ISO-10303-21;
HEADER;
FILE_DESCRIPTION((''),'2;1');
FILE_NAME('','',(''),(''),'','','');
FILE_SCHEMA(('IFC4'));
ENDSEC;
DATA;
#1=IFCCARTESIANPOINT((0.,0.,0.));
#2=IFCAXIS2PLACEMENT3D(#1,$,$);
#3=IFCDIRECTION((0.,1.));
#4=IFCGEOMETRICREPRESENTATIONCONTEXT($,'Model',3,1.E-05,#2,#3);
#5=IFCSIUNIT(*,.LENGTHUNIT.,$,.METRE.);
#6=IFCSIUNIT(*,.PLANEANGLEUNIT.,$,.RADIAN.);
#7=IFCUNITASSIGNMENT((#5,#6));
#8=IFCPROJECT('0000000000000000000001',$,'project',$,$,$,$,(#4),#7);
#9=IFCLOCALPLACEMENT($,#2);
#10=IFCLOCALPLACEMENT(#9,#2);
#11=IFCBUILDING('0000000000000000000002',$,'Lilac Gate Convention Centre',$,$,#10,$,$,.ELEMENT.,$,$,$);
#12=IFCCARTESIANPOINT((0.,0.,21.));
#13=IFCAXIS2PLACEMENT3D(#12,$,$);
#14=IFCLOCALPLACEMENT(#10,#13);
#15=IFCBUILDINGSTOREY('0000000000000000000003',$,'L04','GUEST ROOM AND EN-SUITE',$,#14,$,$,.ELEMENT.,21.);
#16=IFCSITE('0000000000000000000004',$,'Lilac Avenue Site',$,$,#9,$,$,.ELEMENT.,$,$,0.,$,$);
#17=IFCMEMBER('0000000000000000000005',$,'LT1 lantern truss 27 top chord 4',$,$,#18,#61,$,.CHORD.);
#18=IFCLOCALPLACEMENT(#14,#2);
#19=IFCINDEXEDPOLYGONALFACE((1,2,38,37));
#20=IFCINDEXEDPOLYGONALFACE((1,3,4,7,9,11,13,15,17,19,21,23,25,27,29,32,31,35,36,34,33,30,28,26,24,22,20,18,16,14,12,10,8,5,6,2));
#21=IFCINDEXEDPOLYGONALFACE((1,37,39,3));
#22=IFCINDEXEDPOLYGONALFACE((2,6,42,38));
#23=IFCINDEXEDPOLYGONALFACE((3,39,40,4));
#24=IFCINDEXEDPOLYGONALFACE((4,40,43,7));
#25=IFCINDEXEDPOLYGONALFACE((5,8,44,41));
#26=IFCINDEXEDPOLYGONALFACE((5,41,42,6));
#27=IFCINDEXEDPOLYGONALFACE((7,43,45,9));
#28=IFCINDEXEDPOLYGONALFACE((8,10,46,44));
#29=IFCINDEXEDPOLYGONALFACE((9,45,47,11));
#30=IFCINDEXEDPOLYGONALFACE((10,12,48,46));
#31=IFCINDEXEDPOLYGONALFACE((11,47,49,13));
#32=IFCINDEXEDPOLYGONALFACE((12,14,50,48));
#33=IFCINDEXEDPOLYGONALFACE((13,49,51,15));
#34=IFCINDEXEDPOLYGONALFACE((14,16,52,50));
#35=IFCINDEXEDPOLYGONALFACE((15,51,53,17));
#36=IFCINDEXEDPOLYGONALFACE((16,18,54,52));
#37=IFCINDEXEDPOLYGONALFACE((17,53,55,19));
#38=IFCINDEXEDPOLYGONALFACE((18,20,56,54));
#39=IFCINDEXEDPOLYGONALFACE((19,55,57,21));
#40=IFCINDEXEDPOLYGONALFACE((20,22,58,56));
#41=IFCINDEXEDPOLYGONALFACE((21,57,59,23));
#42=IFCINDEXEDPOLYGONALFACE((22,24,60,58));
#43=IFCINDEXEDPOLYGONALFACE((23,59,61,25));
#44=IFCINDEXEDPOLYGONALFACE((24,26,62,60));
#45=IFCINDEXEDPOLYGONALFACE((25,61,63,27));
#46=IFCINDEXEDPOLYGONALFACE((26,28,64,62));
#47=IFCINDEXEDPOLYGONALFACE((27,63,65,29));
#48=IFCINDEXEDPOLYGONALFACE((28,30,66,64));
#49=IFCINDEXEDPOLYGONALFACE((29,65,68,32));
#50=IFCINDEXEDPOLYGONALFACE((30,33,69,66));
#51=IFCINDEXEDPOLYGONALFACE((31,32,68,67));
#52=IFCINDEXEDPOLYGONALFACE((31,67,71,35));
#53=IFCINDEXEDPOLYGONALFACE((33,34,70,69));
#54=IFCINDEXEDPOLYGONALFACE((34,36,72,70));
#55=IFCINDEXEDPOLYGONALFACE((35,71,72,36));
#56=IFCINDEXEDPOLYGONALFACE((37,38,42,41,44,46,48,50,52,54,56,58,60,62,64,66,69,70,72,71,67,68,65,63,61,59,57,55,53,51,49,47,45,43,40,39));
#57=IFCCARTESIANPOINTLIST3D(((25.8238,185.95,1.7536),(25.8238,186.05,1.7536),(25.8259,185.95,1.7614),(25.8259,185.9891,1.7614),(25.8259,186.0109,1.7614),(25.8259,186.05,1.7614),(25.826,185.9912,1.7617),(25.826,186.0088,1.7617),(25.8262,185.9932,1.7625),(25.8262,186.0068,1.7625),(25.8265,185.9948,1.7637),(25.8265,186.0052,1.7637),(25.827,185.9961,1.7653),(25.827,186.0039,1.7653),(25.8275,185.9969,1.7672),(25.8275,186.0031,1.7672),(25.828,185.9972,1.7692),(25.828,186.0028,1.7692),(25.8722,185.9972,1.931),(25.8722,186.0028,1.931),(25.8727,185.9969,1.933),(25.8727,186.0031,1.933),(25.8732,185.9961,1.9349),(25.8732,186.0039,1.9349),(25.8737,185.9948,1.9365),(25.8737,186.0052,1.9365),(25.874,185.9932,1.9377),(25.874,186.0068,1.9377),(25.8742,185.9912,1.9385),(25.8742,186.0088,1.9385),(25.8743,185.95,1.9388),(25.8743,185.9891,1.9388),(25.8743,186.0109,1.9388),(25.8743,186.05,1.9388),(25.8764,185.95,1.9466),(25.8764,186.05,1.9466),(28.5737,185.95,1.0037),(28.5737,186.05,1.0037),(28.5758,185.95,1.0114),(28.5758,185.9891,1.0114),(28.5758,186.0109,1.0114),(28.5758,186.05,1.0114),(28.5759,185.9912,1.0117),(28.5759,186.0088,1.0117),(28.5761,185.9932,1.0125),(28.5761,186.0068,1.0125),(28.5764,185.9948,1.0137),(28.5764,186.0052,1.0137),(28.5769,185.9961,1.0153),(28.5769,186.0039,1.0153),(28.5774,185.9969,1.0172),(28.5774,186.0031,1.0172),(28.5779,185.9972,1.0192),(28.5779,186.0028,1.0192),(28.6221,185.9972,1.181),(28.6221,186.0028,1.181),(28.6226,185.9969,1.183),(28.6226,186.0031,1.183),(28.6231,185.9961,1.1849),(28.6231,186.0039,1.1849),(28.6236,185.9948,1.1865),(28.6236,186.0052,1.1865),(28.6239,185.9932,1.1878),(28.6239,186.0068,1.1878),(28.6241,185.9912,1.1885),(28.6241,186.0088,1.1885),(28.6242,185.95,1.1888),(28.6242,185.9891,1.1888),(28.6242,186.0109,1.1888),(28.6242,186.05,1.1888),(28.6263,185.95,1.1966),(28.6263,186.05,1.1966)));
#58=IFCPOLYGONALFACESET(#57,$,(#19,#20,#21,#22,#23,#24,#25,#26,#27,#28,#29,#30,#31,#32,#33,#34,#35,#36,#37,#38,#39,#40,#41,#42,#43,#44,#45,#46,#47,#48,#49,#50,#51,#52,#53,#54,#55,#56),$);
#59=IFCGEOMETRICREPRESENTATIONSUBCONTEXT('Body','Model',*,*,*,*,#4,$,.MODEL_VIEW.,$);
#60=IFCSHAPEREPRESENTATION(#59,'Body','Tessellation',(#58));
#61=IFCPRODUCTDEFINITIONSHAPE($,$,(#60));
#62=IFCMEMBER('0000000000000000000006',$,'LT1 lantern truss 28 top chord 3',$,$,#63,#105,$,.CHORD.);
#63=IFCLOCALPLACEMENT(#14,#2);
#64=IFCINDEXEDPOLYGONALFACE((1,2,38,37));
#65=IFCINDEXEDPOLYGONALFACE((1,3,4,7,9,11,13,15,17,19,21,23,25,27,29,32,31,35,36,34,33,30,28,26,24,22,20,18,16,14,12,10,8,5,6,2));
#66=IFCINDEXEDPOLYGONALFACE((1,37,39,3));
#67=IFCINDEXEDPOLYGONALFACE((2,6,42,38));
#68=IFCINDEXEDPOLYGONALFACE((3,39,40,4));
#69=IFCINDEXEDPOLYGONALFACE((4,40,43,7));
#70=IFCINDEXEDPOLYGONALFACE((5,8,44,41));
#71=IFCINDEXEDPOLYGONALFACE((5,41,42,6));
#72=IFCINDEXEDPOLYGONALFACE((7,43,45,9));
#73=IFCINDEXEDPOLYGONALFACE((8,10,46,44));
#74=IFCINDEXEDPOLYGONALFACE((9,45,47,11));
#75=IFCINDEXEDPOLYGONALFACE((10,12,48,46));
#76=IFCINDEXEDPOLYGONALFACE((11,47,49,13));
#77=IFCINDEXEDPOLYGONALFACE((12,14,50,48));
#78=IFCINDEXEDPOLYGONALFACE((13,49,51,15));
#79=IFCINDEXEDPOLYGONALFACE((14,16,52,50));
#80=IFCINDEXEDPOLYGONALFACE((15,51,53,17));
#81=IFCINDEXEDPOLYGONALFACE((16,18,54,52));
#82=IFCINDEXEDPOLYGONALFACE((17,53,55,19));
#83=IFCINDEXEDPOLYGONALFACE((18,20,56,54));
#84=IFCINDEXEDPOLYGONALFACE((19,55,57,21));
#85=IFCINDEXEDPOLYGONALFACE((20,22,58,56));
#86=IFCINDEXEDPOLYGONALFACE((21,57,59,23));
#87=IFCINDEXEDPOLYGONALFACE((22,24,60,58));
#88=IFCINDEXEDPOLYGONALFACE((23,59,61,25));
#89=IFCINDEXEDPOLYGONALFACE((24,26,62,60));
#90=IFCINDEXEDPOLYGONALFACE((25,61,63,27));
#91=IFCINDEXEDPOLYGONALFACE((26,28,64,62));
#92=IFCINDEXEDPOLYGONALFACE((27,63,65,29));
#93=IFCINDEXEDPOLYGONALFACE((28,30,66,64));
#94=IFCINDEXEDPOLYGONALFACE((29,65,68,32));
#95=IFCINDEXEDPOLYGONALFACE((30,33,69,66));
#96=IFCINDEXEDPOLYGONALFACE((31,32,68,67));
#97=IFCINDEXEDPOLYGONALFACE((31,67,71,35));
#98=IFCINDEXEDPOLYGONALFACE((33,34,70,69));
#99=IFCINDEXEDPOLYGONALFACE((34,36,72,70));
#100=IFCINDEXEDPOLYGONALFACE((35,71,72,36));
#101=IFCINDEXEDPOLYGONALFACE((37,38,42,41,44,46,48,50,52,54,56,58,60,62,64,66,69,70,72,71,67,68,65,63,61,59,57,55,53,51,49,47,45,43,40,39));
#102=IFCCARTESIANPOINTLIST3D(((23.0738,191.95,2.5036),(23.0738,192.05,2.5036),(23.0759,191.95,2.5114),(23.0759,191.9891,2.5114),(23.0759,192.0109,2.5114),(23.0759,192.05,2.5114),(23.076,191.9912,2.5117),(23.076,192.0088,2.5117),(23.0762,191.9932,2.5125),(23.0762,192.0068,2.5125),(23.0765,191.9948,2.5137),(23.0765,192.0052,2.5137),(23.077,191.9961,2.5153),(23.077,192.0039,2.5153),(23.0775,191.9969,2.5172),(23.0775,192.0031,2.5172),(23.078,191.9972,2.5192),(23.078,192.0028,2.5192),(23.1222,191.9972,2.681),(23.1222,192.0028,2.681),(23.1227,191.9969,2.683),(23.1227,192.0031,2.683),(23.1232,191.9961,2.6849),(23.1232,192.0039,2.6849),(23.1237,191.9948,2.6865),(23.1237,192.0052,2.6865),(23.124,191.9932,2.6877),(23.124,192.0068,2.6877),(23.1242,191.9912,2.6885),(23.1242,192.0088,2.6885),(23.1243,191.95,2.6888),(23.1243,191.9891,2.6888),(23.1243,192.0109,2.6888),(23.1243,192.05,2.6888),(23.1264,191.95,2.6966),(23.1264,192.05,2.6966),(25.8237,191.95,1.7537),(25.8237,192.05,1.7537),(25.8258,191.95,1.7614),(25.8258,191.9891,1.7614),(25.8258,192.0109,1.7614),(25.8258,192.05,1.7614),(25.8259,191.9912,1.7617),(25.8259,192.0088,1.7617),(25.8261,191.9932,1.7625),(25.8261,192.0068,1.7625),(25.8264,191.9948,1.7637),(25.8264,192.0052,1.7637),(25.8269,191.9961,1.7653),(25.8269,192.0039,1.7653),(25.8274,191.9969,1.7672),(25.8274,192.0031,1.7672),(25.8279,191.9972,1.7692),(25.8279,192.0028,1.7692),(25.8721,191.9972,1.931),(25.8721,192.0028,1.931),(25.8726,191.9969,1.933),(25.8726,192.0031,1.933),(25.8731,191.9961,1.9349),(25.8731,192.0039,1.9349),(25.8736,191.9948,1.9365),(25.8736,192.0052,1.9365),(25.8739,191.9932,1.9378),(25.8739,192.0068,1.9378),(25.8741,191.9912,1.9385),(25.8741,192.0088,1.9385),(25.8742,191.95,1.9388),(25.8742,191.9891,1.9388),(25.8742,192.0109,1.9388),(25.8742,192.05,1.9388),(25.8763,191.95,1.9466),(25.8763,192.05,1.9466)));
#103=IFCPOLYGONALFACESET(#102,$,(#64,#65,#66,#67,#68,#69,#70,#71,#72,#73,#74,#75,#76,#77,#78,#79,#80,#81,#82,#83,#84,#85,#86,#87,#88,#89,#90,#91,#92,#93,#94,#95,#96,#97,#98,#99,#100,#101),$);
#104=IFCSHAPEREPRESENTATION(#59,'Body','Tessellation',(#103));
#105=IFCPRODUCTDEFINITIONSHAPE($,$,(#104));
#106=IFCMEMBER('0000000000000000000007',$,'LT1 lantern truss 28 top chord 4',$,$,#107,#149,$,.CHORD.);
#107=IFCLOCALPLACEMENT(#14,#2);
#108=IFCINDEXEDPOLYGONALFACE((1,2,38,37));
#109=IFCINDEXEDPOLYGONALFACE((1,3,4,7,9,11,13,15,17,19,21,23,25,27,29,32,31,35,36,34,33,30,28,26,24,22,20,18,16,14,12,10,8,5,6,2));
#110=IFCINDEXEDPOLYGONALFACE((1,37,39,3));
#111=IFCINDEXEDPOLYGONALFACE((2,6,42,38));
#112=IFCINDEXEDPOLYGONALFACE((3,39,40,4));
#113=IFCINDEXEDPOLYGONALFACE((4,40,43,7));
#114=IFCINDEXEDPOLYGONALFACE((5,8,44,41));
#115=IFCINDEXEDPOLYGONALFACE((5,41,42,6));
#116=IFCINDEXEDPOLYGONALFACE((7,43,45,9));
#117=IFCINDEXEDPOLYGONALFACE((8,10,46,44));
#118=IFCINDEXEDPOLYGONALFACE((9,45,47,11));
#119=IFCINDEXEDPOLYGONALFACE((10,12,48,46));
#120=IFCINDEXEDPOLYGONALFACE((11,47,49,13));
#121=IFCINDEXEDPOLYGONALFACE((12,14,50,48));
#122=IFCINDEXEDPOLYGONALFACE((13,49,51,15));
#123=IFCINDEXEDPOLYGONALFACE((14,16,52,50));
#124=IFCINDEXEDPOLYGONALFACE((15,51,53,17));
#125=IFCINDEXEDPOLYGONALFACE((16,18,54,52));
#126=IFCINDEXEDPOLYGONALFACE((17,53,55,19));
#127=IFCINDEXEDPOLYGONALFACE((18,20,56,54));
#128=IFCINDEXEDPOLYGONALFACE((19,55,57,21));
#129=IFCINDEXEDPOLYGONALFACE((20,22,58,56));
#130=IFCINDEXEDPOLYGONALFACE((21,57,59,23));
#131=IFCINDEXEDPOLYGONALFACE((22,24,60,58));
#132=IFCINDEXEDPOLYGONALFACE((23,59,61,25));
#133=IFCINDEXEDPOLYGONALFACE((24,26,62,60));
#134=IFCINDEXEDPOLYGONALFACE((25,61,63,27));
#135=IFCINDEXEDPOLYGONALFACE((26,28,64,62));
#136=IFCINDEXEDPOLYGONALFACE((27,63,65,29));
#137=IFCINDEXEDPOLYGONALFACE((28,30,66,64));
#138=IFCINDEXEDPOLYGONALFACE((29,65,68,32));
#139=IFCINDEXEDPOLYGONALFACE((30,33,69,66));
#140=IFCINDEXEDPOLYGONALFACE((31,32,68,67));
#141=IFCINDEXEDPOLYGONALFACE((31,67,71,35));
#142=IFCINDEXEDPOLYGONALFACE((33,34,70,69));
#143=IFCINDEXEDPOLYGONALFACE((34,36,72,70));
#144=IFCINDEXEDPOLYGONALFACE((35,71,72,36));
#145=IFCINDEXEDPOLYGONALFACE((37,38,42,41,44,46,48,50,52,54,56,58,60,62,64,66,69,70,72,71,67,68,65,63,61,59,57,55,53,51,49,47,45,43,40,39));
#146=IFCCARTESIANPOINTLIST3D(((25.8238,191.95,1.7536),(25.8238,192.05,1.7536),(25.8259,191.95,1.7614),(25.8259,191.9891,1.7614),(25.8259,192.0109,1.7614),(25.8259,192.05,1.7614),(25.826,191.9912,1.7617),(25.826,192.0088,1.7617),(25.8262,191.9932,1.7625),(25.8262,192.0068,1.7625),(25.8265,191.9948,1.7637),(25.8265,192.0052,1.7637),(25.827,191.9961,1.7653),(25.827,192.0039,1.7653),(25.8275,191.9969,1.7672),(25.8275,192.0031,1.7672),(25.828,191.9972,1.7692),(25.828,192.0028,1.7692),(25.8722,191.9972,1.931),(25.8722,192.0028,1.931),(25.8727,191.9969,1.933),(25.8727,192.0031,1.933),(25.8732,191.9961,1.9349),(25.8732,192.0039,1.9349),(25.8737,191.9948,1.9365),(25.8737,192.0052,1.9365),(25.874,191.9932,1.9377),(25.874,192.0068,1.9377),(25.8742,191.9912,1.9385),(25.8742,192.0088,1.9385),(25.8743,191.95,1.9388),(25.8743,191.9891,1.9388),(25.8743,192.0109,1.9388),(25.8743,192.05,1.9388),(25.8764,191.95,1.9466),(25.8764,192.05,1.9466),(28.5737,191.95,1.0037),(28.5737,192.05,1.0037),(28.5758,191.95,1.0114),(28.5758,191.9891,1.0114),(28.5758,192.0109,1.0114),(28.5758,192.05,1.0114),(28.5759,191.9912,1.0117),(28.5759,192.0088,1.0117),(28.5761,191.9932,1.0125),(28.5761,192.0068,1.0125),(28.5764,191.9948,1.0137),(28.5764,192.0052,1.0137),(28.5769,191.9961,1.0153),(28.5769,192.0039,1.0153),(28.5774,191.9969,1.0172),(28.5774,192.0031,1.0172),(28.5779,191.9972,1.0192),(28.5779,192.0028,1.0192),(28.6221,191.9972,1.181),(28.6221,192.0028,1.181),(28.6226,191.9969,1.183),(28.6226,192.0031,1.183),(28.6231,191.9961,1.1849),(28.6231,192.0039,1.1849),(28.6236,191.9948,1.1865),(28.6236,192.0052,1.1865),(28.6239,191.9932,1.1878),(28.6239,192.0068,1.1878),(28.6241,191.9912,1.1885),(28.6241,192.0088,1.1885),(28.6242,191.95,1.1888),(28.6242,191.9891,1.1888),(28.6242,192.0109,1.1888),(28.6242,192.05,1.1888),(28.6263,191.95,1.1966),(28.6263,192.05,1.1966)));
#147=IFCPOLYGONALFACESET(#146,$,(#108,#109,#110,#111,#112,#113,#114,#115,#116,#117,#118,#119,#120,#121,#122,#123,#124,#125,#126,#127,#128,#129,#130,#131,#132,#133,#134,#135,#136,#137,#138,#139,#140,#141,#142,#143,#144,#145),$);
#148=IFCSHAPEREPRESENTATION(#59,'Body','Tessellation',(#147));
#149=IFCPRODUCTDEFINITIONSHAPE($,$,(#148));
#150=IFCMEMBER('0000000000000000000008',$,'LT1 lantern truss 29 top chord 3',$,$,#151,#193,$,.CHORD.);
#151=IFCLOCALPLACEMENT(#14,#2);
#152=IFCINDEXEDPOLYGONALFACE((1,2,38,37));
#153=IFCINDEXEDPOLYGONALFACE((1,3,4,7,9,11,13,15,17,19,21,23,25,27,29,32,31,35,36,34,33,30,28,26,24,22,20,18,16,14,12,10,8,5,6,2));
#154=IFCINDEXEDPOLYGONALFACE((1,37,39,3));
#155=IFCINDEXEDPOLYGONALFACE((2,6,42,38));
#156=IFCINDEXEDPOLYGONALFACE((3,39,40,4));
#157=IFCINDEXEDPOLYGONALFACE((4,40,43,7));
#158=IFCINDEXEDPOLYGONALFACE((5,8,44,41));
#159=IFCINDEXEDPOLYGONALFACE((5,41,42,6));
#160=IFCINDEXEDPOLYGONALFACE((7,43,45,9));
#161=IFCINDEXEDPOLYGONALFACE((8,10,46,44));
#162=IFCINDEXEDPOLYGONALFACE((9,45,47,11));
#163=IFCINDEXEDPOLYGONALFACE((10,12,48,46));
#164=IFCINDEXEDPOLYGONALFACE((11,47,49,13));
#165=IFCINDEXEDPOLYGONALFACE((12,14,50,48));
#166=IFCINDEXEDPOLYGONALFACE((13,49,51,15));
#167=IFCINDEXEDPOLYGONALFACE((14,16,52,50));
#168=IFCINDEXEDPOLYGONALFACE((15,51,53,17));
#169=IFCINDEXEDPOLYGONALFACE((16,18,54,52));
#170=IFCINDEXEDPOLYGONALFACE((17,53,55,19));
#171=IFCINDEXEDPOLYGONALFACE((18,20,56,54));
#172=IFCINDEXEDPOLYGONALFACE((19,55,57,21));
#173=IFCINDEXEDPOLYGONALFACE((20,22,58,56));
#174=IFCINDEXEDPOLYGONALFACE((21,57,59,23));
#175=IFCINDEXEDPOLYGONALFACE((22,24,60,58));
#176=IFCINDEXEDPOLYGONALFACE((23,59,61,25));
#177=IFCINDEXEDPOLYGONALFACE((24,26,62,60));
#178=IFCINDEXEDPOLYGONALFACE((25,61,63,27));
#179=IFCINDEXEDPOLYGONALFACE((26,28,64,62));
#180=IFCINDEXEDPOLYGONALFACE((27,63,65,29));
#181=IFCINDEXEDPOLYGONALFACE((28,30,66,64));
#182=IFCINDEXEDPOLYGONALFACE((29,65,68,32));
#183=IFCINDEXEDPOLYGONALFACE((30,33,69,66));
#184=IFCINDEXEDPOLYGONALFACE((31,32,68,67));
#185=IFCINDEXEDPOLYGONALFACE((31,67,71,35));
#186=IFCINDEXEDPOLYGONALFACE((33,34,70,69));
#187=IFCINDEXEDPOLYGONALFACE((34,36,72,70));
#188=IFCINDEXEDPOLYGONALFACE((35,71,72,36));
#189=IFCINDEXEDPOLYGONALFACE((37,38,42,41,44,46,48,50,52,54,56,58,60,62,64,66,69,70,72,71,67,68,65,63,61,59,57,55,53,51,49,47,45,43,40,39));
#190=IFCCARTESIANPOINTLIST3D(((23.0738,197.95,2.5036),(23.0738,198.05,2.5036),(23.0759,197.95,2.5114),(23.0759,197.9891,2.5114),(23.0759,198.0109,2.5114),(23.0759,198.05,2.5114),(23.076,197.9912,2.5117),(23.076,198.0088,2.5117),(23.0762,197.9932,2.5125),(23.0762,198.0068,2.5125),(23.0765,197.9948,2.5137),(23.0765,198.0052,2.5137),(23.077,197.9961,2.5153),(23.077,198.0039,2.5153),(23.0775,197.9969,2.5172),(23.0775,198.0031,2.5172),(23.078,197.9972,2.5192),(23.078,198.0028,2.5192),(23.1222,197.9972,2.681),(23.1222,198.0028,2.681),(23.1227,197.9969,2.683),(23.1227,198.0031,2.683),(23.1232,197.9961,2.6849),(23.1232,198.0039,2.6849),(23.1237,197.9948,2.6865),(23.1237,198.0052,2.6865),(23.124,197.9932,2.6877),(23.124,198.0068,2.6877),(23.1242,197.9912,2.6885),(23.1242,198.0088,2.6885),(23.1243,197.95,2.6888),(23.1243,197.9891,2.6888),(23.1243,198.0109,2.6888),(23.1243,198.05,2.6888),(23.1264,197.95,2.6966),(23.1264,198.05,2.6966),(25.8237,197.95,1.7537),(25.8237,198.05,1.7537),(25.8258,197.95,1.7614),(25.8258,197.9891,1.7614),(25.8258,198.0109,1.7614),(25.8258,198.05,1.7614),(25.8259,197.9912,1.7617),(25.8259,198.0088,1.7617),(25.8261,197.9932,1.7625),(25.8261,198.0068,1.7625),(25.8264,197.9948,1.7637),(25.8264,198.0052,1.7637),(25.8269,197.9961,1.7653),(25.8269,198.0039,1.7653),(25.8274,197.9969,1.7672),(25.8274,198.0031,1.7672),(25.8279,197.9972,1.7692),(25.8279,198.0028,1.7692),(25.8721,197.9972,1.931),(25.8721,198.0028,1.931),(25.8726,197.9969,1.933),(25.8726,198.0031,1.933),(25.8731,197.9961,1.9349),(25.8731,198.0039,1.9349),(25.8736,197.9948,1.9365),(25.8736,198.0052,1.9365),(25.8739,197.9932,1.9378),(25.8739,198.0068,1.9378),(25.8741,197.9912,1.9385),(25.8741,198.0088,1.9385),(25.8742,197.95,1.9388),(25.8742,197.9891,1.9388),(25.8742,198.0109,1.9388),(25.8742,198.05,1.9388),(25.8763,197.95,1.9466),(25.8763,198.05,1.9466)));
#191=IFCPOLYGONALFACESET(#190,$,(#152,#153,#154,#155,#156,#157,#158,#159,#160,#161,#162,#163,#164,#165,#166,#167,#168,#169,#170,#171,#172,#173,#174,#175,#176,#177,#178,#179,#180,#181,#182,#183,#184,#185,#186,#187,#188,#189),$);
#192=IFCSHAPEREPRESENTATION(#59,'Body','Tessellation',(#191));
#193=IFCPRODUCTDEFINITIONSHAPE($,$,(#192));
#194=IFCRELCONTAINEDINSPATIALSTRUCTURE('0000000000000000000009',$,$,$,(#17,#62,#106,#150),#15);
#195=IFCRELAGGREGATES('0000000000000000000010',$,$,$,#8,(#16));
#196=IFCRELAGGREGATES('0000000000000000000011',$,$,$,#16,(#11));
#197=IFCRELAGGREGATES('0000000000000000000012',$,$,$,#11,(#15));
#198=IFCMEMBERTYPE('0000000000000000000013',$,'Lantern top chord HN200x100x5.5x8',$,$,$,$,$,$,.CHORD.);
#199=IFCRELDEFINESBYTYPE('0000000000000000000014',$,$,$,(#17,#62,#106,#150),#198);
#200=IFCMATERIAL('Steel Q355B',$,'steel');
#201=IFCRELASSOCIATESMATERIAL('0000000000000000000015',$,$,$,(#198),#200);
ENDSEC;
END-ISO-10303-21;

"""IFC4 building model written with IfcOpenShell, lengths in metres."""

from ifc_helpers import new_model, si_unit, direction, frame, origin, origin_2d, place, context, subcontext, project, spatial, i_section, extrude, material, material_profile, profile_set, type_object, element, save


model = new_model("IFC4")

# Units and contexts
model_context = context("Model", 3, precision=1e-05, world=origin(), true_north=direction((0.0, 1.0)))
body_context = subcontext(model_context, "Body", "Model", "MODEL_VIEW")
ifc_project = project(units=[si_unit("LENGTHUNIT", "METRE"), si_unit("PLANEANGLEUNIT", "RADIAN")], contexts=[model_context])

# Site, building, storey
site_placement = place(None, origin())
site = spatial("IfcSite", under=ifc_project, at=site_placement, Name="Lilac Avenue Site", CompositionType="ELEMENT", RefElevation=0.0)
building_placement = place(site_placement, origin())
building = spatial("IfcBuilding", under=site, at=building_placement, Name="Lilac Gate Convention Centre", CompositionType="ELEMENT")
storey_placement = place(building_placement, frame((0.0, 0.0, 21.0)))
storey = spatial("IfcBuildingStorey", under=building, at=storey_placement, Name="L04", Description="GUEST ROOM AND EN-SUITE", CompositionType="ELEMENT", Elevation=21.0)

# Members
ifc_material_1 = material(Name="Steel Q355B", Category="steel")
ifc_material_profile_1 = material_profile(ifc_material_1, i_section(OverallWidth=0.1001, OverallDepth=0.2, WebThickness=0.0056, FlangeThickness=0.0081, FilletRadius=0.0081, at=origin_2d()), Name="HN200x100x5.5x8")
ifc_profile_set_1 = profile_set([ifc_material_profile_1], Name="Steel Q355B")
member_type_1 = type_object("IfcMemberType", Name="Lantern top chord HN200x100x5.5x8", PredefinedType="CHORD", material=ifc_profile_set_1)
for number, where, z_axis, x_axis, name in (
    (1, (25.8501, 186.0, 1.8501), (0.964764, 0.0, -0.263117), (0.0, 1.0, 0.0), "LT1 lantern truss 27 top chord 4"),
    (2, (23.1001, 192.0, 2.6001), (0.964764, 0.0, -0.263117), (0.0, 1.0, 0.0), "LT1 lantern truss 28 top chord 3"),
    (3, (25.8501, 192.0, 1.8501), (0.964764, 0.0, -0.263117), (0.0, 1.0, 0.0), "LT1 lantern truss 28 top chord 4"),
    (4, (23.1001, 198.0, 2.6001), (0.964764, 0.0, -0.263117), (0.0, 1.0, 0.0), "LT1 lantern truss 29 top chord 3"),
):
    element("IfcMember", number, at=place(storey_placement, frame(where, z_axis=z_axis, x_axis=x_axis)), inside=storey, type_object=member_type_1, Name=name, PredefinedType="CHORD", context=body_context, shape_type="SweptSolid", body=[
        extrude(i_section(OverallWidth=0.1001, OverallDepth=0.2, WebThickness=0.0056, FlangeThickness=0.0081, FilletRadius=0.0081, at=origin_2d()), origin(), (0.0, 0.0, 1.0), 2.8503),
    ])

save(model, "model.ifc")
